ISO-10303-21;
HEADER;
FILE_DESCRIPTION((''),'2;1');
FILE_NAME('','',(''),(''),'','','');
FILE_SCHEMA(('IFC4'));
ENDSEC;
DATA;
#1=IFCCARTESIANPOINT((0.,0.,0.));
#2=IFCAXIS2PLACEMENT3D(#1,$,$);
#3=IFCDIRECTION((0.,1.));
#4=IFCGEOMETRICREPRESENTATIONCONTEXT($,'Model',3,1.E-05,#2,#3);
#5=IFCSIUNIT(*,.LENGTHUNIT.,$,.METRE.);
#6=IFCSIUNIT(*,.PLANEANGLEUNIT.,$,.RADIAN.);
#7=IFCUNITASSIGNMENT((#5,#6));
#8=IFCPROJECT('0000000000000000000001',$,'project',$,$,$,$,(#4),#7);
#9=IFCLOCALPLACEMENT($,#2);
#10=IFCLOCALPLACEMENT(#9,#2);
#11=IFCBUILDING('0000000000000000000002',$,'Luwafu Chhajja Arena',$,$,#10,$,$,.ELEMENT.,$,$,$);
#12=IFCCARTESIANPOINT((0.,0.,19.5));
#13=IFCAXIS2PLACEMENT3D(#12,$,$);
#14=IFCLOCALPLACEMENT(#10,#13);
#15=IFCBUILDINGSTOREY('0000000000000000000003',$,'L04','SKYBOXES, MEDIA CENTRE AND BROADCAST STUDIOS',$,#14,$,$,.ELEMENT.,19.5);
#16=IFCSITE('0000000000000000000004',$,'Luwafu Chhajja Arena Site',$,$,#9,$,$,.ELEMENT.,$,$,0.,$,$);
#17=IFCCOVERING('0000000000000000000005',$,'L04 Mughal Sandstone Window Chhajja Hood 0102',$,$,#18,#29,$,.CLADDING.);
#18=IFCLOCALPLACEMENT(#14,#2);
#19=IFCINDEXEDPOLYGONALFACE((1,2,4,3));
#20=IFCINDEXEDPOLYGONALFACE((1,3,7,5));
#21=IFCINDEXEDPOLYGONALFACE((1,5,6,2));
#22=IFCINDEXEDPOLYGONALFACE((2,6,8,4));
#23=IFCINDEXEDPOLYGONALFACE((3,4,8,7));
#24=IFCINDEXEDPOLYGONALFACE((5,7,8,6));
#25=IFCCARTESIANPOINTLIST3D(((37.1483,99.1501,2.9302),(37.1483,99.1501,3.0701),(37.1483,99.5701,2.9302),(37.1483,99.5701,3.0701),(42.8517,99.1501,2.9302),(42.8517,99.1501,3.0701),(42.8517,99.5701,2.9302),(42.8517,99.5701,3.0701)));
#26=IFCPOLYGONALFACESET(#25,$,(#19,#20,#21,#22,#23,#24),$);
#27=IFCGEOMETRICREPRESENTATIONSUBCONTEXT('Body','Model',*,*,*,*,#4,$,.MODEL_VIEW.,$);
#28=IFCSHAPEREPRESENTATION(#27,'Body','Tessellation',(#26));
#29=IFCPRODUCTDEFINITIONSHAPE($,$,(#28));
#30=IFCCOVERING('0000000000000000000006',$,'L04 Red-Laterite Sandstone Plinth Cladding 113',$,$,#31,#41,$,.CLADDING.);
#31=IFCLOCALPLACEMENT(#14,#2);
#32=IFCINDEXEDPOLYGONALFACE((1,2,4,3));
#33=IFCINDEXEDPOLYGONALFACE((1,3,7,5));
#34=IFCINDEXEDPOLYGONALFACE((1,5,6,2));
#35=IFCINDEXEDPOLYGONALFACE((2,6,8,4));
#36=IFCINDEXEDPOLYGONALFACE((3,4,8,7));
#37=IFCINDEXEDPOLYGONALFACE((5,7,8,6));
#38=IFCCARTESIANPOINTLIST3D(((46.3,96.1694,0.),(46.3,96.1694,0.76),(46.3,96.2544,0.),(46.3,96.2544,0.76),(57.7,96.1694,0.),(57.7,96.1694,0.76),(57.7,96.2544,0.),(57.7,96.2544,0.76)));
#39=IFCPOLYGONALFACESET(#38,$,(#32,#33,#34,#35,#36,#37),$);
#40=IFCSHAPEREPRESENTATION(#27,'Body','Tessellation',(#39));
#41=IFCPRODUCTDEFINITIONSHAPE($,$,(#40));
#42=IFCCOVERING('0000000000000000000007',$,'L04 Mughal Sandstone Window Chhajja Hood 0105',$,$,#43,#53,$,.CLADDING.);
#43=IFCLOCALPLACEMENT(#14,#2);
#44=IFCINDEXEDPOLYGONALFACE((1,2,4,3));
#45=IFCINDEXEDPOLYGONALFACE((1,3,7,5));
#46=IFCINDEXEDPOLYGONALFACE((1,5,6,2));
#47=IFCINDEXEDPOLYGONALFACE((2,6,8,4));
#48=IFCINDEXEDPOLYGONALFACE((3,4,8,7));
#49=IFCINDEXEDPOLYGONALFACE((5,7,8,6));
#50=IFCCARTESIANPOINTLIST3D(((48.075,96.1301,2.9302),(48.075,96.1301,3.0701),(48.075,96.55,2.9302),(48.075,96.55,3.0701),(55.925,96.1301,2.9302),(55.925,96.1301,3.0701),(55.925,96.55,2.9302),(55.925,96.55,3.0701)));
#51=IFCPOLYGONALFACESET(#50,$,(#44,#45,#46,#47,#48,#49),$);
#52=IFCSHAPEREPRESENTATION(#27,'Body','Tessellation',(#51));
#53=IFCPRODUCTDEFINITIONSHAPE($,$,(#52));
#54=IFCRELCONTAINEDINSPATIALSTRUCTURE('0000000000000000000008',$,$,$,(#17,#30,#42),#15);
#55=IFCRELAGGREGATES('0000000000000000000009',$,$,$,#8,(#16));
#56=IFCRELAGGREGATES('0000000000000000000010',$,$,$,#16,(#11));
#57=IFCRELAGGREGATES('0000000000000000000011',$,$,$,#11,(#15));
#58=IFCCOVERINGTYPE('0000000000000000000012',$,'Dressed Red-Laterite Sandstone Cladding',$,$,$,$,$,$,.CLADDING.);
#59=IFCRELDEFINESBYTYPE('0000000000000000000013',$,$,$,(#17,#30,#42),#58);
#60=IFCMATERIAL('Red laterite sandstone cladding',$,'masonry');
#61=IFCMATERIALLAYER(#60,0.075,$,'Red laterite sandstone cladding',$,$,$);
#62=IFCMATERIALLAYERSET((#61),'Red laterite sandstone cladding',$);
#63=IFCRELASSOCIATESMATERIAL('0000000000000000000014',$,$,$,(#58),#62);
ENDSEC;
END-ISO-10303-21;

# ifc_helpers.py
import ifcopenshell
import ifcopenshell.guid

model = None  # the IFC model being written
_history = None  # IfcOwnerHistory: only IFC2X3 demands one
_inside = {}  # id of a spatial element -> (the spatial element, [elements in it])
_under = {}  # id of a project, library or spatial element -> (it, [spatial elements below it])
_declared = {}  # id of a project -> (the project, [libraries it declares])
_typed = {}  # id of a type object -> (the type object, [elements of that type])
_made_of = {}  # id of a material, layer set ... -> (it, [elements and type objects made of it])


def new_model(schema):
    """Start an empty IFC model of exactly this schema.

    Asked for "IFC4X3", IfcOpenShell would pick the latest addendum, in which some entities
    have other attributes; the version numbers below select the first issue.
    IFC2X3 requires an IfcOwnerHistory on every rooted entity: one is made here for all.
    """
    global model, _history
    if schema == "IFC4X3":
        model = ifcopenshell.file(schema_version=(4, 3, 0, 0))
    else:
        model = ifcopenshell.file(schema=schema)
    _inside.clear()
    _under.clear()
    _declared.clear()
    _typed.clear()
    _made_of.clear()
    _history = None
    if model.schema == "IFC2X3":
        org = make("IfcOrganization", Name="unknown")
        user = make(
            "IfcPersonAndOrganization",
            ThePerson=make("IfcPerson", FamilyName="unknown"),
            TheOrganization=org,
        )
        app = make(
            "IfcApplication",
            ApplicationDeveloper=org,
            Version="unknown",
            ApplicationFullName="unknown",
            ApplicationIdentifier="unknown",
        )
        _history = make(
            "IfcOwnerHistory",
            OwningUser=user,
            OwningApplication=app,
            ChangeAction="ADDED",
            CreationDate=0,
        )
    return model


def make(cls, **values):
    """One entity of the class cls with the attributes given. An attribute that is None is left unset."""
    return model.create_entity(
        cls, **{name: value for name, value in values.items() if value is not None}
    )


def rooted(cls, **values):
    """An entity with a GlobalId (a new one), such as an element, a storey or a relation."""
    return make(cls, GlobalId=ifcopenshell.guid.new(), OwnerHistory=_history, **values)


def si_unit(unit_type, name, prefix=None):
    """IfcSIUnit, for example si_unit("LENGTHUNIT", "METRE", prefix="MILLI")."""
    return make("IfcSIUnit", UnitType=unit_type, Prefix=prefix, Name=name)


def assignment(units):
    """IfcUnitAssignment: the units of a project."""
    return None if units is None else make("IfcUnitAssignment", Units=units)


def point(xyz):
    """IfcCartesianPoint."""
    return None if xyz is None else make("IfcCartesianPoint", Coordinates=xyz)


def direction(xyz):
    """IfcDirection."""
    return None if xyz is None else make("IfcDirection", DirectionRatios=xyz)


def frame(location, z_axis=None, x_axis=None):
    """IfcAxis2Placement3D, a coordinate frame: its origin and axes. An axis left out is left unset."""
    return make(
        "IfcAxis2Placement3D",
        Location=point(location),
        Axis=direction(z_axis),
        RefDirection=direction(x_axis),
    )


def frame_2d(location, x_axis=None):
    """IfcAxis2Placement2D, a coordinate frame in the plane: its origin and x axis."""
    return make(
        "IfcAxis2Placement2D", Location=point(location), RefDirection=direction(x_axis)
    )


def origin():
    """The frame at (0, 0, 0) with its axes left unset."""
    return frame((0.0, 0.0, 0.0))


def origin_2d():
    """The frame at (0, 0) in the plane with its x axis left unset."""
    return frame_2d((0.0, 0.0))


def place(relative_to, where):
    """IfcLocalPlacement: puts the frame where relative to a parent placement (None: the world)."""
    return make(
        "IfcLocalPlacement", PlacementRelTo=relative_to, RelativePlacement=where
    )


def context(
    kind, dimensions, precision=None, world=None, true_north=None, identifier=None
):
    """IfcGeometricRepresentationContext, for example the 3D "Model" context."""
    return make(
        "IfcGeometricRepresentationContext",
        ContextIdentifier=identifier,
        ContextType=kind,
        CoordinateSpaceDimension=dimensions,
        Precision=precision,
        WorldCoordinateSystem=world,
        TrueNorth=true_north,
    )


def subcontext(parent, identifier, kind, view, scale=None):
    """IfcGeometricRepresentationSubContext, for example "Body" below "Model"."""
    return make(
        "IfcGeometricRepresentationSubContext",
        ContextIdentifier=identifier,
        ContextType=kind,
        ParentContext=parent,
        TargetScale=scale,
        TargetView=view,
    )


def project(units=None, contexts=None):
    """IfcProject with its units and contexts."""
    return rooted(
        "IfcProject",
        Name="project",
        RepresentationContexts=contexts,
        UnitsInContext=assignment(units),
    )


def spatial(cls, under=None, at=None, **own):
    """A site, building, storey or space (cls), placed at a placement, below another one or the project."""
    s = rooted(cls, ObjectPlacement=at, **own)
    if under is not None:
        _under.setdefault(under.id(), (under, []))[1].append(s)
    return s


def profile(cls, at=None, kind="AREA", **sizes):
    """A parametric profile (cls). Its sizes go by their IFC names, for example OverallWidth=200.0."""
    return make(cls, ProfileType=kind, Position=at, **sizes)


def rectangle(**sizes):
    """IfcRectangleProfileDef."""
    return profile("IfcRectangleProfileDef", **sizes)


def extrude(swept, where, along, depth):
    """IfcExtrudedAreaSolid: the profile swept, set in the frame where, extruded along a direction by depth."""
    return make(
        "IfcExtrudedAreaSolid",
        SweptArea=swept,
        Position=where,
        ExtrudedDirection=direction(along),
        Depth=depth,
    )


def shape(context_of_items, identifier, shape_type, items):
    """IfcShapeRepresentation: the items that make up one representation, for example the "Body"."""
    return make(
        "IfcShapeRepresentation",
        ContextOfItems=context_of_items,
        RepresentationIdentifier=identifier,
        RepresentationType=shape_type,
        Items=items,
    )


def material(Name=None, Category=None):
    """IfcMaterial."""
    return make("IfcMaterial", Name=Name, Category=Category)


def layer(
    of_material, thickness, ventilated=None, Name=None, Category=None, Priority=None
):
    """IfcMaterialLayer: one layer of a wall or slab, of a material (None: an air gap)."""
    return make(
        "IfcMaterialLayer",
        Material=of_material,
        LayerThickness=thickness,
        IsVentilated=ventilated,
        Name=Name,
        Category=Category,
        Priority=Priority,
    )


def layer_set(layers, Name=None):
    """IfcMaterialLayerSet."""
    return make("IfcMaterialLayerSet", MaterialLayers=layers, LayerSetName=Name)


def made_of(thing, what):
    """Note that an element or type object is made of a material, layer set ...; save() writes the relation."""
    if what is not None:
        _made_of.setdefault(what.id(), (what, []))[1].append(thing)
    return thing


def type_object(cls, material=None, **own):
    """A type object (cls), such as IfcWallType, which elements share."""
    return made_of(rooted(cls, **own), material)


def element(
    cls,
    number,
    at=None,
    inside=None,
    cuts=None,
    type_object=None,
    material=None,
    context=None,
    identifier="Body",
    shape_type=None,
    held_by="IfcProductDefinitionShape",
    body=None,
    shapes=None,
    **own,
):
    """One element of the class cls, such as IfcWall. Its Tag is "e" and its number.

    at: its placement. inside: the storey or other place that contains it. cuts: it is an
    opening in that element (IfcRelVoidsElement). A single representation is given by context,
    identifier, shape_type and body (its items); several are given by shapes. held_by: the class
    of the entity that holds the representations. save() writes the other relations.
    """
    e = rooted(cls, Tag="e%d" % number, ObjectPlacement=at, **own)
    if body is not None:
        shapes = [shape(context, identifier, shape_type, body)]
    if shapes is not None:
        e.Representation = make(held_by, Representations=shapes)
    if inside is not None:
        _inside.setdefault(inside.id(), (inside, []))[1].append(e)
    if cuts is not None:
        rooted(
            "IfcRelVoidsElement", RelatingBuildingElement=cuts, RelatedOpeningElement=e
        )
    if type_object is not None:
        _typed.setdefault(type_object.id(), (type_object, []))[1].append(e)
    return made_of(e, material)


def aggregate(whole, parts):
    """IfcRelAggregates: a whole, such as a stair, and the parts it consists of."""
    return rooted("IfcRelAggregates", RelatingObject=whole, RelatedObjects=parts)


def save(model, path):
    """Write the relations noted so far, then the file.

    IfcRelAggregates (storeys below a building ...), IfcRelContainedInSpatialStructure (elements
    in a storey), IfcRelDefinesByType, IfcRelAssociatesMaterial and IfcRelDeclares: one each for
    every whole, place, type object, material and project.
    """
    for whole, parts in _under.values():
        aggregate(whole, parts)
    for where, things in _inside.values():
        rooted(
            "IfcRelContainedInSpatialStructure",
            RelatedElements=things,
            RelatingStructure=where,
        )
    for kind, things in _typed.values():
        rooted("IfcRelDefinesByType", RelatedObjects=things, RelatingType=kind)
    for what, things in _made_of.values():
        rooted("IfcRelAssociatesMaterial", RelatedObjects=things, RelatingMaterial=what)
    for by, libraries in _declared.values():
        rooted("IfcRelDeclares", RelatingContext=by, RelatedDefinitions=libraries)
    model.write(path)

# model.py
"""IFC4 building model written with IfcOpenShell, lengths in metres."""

from ifc_helpers import new_model, si_unit, direction, frame, origin, origin_2d, place, context, subcontext, project, spatial, rectangle, extrude, material, layer, layer_set, type_object, element, save


model = new_model("IFC4")

# Units and contexts
model_context = context("Model", 3, precision=1e-05, world=origin(), true_north=direction((0.0, 1.0)))
body_context = subcontext(model_context, "Body", "Model", "MODEL_VIEW")
ifc_project = project(units=[si_unit("LENGTHUNIT", "METRE"), si_unit("PLANEANGLEUNIT", "RADIAN")], contexts=[model_context])

# Site, building, storey
site_placement = place(None, origin())
site = spatial("IfcSite", under=ifc_project, at=site_placement, Name="Luwafu Chhajja Arena Site", CompositionType="ELEMENT", RefElevation=0.0)
building_placement = place(site_placement, origin())
building = spatial("IfcBuilding", under=site, at=building_placement, Name="Luwafu Chhajja Arena", CompositionType="ELEMENT")
storey_placement = place(building_placement, frame((0.0, 0.0, 19.5)))
storey = spatial("IfcBuildingStorey", under=building, at=storey_placement, Name="L04", Description="SKYBOXES, MEDIA CENTRE AND BROADCAST STUDIOS", CompositionType="ELEMENT", Elevation=19.5)

# Coverings
ifc_material_1 = material(Name="Red laterite sandstone cladding", Category="masonry")
ifc_layer_1 = layer(ifc_material_1, 0.075, Name="Red laterite sandstone cladding")
ifc_layer_set_1 = layer_set([ifc_layer_1], Name="Red laterite sandstone cladding")
covering_type = type_object("IfcCoveringType", Name="Dressed Red-Laterite Sandstone Cladding", PredefinedType="CLADDING", material=ifc_layer_set_1)
covering_1_placement = place(storey_placement, frame((40.0, 99.3601, 2.9302), z_axis=(0.0, 0.0, 1.0), x_axis=(1.0, 0.0, 0.0)))
element("IfcCovering", 1, at=covering_1_placement, inside=storey, type_object=covering_type, Name="L04 Mughal Sandstone Window Chhajja Hood 0102", PredefinedType="CLADDING", context=body_context, shape_type="SweptSolid", body=[
    extrude(rectangle(XDim=5.7034, YDim=0.4199, at=origin_2d()), origin(), (0.0, 0.0, 1.0), 0.1399),
])
covering_2_placement = place(storey_placement, frame((52.0, 96.2119, 0.0), z_axis=(0.0, 0.0, 1.0), x_axis=(1.0, 0.0, 0.0)))
element("IfcCovering", 2, at=covering_2_placement, inside=storey, type_object=covering_type, Name="L04 Red-Laterite Sandstone Plinth Cladding 113", PredefinedType="CLADDING", context=body_context, shape_type="SweptSolid", body=[
    extrude(rectangle(XDim=11.3999, YDim=0.085, at=origin_2d()), origin(), (0.0, 0.0, 1.0), 0.76),
])
covering_3_placement = place(storey_placement, frame((52.0, 96.3401, 2.9302), z_axis=(0.0, 0.0, 1.0), x_axis=(1.0, 0.0, 0.0)))
element("IfcCovering", 3, at=covering_3_placement, inside=storey, type_object=covering_type, Name="L04 Mughal Sandstone Window Chhajja Hood 0105", PredefinedType="CLADDING", context=body_context, shape_type="SweptSolid", body=[
    extrude(rectangle(XDim=7.8501, YDim=0.4199, at=origin_2d()), origin(), (0.0, 0.0, 1.0), 0.1399),
])

save(model, "model.ifc")
